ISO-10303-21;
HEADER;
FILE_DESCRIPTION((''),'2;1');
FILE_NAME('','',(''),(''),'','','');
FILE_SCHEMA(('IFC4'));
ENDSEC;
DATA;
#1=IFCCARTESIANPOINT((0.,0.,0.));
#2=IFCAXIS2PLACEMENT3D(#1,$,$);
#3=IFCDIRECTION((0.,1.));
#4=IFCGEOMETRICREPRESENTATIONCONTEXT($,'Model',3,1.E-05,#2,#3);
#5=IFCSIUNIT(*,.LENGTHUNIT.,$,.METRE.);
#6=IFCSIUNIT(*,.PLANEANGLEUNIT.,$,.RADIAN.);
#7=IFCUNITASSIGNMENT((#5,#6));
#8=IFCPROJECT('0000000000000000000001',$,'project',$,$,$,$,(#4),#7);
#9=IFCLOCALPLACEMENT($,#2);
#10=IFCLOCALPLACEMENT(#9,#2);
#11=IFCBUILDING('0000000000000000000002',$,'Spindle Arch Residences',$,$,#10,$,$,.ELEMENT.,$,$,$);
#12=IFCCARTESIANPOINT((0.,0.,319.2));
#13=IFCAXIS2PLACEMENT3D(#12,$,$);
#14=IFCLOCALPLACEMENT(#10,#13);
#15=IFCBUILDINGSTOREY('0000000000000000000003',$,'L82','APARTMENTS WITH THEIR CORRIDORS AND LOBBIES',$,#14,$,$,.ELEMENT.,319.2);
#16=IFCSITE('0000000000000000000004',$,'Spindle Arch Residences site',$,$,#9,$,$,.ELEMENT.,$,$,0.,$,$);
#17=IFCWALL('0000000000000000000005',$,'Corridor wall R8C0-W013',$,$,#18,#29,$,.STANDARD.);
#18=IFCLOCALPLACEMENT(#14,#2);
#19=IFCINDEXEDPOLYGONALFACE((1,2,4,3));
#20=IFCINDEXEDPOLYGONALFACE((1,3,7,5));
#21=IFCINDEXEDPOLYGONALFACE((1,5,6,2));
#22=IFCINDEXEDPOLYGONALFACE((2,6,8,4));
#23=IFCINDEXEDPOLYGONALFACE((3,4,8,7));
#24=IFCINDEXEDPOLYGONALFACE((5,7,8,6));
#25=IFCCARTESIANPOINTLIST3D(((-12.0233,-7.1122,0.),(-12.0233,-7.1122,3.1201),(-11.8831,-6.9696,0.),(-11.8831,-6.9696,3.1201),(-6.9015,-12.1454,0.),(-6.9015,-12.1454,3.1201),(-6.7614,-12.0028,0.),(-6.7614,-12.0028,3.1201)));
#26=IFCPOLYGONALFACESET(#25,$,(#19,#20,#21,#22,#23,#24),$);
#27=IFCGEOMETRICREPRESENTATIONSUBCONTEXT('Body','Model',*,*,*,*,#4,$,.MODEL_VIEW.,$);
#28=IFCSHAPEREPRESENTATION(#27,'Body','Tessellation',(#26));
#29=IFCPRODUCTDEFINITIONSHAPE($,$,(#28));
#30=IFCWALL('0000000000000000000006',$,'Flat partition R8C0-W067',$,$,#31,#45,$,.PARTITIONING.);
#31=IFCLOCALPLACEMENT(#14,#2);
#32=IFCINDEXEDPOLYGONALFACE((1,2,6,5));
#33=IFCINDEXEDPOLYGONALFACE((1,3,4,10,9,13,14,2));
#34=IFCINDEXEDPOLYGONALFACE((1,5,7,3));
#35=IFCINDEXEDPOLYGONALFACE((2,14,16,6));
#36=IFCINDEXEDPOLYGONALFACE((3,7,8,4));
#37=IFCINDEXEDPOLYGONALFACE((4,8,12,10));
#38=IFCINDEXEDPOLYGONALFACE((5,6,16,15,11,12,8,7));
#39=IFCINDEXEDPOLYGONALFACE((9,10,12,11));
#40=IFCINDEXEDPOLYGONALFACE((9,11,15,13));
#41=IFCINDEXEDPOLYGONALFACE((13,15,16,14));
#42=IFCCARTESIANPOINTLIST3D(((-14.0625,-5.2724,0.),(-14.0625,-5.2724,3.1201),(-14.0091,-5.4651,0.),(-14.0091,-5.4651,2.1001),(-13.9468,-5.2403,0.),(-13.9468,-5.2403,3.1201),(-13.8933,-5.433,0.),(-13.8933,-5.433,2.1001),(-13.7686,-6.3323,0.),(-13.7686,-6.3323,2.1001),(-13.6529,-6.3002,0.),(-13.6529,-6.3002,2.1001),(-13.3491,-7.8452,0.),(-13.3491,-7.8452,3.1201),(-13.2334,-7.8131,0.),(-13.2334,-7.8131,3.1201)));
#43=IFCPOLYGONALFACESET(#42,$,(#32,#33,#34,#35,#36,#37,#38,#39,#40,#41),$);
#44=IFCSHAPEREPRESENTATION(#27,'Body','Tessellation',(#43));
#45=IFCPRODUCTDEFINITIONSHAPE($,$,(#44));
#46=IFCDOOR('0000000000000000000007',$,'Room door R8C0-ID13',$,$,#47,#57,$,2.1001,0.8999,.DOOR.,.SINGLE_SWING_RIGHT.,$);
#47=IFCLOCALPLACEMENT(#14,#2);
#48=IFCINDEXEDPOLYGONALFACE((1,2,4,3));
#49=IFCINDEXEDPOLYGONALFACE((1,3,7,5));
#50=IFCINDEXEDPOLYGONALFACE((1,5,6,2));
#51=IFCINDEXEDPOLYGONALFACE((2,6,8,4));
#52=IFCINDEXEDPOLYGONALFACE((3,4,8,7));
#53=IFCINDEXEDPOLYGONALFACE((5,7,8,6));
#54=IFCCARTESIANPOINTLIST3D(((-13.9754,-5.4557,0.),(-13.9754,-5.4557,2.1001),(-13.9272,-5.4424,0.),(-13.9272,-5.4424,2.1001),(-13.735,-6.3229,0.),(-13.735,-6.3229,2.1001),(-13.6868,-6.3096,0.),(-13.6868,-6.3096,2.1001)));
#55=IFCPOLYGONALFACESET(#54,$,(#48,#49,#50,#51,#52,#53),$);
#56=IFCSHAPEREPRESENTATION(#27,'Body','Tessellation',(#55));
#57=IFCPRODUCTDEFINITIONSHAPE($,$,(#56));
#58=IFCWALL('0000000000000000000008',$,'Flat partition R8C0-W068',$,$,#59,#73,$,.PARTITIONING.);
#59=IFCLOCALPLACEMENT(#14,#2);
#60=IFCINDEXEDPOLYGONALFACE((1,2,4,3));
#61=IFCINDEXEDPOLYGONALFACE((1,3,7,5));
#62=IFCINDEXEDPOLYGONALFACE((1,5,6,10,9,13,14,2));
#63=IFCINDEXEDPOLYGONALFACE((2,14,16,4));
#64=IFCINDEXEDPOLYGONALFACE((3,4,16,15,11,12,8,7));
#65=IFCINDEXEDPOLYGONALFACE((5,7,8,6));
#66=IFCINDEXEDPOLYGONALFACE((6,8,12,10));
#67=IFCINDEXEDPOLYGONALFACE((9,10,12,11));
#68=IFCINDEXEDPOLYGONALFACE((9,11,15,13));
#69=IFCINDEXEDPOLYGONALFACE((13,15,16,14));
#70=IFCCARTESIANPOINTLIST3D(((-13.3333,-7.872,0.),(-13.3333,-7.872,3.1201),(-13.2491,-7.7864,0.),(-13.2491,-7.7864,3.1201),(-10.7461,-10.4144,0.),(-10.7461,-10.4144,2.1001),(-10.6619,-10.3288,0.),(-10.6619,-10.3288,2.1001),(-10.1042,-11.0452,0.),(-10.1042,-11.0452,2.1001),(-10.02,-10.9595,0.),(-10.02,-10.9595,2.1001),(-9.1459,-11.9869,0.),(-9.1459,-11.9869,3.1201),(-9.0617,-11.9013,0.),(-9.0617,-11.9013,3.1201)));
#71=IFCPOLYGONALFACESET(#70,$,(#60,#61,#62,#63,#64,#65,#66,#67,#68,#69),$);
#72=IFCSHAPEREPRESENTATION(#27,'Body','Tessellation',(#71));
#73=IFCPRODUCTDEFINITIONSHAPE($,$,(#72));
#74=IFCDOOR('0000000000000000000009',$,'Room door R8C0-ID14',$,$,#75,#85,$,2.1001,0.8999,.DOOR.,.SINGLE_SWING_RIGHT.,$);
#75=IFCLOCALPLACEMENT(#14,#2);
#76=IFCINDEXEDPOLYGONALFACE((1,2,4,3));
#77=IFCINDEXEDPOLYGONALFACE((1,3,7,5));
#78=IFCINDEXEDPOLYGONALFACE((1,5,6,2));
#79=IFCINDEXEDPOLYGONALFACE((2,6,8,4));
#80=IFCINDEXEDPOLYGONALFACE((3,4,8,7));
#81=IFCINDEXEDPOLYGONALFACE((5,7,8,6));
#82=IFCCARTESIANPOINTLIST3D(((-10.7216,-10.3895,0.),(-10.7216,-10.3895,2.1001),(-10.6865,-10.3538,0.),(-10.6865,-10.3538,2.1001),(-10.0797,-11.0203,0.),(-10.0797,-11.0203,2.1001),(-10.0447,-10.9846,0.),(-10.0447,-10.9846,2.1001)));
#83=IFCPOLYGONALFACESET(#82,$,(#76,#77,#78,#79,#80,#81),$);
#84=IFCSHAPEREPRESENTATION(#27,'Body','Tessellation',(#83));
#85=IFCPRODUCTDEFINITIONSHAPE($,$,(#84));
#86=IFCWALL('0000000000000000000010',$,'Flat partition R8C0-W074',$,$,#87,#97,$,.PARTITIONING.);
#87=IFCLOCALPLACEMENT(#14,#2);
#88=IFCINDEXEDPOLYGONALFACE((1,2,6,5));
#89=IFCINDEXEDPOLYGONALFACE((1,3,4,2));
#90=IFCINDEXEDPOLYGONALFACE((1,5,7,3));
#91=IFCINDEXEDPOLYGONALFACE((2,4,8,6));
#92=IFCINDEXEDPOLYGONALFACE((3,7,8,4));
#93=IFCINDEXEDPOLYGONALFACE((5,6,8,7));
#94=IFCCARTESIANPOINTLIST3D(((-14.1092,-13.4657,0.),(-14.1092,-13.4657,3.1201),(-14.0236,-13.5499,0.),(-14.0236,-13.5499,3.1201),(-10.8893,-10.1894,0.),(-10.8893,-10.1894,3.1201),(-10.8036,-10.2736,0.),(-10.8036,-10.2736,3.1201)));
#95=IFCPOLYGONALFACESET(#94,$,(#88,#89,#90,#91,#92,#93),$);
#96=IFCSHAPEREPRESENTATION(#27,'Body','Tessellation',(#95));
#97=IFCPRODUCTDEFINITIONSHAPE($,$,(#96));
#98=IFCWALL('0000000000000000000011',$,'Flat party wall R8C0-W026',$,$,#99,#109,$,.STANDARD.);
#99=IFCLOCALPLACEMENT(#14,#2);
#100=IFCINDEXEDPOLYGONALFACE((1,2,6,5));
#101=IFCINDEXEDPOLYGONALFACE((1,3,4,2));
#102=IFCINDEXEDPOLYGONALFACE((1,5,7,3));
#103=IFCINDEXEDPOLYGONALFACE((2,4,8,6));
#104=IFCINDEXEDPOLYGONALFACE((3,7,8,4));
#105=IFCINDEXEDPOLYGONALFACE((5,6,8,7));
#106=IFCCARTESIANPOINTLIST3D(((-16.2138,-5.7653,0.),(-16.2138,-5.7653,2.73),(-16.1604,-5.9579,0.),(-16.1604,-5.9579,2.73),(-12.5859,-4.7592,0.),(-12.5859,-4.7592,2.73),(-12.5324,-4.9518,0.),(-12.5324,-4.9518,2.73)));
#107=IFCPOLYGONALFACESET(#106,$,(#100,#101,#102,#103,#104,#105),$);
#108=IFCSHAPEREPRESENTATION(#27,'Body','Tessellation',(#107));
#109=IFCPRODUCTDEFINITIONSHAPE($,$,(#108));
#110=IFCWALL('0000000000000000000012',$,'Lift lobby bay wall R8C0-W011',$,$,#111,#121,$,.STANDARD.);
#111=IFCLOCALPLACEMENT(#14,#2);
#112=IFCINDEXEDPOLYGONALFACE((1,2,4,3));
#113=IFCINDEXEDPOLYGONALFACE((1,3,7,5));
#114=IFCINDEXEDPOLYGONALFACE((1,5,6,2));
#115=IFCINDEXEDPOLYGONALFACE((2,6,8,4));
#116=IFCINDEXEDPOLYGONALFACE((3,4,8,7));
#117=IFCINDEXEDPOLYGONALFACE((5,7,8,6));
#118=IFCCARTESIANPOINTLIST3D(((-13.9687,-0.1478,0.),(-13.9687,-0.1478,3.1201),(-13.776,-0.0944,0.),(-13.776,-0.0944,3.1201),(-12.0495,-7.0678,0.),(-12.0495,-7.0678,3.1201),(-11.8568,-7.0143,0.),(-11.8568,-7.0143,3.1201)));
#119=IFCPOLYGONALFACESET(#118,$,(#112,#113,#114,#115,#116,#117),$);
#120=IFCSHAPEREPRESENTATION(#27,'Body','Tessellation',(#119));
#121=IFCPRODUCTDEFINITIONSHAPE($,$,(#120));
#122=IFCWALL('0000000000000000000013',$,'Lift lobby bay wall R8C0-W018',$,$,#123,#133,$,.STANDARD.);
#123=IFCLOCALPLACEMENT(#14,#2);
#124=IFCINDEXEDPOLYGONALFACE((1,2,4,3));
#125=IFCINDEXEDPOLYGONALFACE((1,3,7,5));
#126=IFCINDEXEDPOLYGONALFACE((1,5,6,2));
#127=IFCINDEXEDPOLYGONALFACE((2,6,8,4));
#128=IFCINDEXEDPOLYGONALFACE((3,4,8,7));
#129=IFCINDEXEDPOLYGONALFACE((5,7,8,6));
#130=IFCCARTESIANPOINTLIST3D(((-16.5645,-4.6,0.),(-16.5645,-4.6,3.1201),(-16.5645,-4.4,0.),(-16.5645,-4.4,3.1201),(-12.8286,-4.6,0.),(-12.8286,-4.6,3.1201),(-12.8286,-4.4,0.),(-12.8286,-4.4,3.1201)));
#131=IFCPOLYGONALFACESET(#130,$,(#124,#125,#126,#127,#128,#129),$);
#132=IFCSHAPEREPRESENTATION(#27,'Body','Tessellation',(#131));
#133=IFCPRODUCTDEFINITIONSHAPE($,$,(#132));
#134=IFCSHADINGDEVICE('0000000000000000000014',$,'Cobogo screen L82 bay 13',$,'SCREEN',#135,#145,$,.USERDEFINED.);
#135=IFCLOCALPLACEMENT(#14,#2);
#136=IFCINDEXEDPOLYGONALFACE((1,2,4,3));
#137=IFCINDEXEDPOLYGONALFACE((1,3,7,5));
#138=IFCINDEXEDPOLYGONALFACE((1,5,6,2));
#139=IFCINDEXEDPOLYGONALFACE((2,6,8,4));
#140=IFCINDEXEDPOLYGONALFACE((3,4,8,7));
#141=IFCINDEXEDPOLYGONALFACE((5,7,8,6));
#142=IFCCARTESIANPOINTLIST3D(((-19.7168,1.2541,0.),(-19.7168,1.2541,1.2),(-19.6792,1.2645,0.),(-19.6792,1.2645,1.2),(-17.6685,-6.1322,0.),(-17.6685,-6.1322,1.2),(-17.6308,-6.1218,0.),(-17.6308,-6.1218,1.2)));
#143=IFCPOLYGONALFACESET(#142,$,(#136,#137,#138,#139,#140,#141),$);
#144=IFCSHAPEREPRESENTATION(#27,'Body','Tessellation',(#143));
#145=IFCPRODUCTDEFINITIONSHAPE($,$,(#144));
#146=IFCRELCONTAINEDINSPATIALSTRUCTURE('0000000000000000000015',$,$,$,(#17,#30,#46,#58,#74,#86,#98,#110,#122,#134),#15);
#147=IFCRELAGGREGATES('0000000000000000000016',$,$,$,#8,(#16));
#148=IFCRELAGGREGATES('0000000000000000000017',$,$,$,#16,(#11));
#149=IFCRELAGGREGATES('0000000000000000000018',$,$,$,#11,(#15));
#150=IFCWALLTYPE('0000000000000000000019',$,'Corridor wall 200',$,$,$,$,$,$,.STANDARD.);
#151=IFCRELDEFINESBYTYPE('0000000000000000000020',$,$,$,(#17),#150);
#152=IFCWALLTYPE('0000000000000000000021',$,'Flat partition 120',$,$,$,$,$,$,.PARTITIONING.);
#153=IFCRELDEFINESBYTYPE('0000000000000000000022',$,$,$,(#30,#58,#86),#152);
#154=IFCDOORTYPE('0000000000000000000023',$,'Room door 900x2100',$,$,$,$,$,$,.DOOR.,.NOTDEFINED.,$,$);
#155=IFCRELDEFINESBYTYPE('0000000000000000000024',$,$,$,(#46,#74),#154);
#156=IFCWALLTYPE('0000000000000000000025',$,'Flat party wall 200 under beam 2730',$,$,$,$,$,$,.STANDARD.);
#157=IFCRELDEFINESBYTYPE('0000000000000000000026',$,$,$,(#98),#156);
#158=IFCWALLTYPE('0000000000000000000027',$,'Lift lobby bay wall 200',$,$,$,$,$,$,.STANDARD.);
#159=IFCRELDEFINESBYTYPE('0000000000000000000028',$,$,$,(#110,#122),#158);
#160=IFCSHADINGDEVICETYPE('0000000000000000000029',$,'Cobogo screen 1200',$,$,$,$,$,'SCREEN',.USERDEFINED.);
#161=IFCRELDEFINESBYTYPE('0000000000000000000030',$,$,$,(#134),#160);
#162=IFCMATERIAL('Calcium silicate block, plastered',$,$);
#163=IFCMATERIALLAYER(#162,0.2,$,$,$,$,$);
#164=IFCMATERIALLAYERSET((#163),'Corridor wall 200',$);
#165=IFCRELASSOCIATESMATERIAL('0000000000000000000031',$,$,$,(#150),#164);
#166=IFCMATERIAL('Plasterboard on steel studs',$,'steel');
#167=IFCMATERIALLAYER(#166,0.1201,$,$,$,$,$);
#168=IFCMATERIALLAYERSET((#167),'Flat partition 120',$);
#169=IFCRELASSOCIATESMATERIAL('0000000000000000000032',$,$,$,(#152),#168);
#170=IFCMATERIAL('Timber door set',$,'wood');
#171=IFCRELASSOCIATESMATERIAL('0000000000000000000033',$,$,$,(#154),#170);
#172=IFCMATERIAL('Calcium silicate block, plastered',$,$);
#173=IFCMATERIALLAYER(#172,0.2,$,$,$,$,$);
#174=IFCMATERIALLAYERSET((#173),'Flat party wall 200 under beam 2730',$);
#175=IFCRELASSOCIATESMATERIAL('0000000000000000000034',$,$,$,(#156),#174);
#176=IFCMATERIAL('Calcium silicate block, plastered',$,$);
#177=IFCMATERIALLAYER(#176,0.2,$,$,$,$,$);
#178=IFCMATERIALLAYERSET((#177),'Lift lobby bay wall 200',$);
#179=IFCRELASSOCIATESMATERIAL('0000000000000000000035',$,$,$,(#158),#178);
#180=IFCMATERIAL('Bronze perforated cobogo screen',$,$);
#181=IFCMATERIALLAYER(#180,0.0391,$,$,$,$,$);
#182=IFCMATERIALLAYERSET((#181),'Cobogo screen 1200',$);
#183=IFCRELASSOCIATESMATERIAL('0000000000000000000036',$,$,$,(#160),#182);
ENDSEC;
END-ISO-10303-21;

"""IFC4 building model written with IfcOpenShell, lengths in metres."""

from ifc_helpers import new_model, si_unit, direction, frame, frame_2d, origin, origin_2d, place, context, subcontext, project, spatial, rectangle, extrude, material, layer, layer_set, type_object, element, fill, save


model = new_model("IFC4")

# Units and contexts
model_context = context("Model", 3, precision=1e-05, world=origin(), true_north=direction((0.0, 1.0)))
body_context = subcontext(model_context, "Body", "Model", "MODEL_VIEW")
ifc_project = project(units=[si_unit("LENGTHUNIT", "METRE"), si_unit("PLANEANGLEUNIT", "RADIAN")], contexts=[model_context])

# Site, building, storey
site_placement = place(None, origin())
site = spatial("IfcSite", under=ifc_project, at=site_placement, Name="Spindle Arch Residences site", CompositionType="ELEMENT", RefElevation=0.0)
building_placement = place(site_placement, origin())
building = spatial("IfcBuilding", under=site, at=building_placement, Name="Spindle Arch Residences", CompositionType="ELEMENT")
storey_placement = place(building_placement, frame((0.0, 0.0, 319.2)))
storey = spatial("IfcBuildingStorey", under=building, at=storey_placement, Name="L82", Description="APARTMENTS WITH THEIR CORRIDORS AND LOBBIES", CompositionType="ELEMENT", Elevation=319.2)

# Wall
ifc_material_1 = material(Name="Calcium silicate block, plastered")
ifc_layer_1 = layer(ifc_material_1, 0.2)
ifc_layer_set_1 = layer_set([ifc_layer_1], Name="Corridor wall 200")
wall_type_1 = type_object("IfcWallType", Name="Corridor wall 200", PredefinedType="STANDARD", material=ifc_layer_set_1)
wall_1_placement = place(storey_placement, frame((-11.9531, -7.041, 0.0), z_axis=(0.0, 0.0, 1.0), x_axis=(0.713251, -0.700909, 0.0)))
element("IfcWall", 1, at=wall_1_placement, inside=storey, type_object=wall_type_1, Name="Corridor wall R8C0-W013", PredefinedType="STANDARD", context=body_context, shape_type="SweptSolid", body=[
    extrude(rectangle(XDim=7.1809, YDim=0.2, at=frame_2d((3.5903, 0.0))), origin(), (0.0, 0.0, 1.0), 3.1201),
])

# Walls, openings, doors
ifc_material_2 = material(Name="Plasterboard on steel studs", Category="steel")
ifc_layer_2 = layer(ifc_material_2, 0.1201)
ifc_layer_set_2 = layer_set([ifc_layer_2], Name="Flat partition 120")
wall_type_2 = type_object("IfcWallType", Name="Flat partition 120", PredefinedType="PARTITIONING", material=ifc_layer_set_2)
wall_2_placement = place(storey_placement, frame((-14.0046, -5.2563, 0.0), z_axis=(0.0, 0.0, 1.0), x_axis=(0.267201, -0.963641, 0.0)))
wall_2 = element("IfcWall", 2, at=wall_2_placement, inside=storey, type_object=wall_type_2, Name="Flat partition R8C0-W067", PredefinedType="PARTITIONING", context=body_context, shape_type="SweptSolid", body=[
    extrude(rectangle(XDim=2.6699, YDim=0.1201, at=frame_2d((1.335, 0.0))), origin(), (0.0, 0.0, 1.0), 3.1201),
])
opening_1_placement = place(wall_2_placement, frame((0.2, 0.0, 0.0)))
opening_1 = element("IfcOpeningElement", 3, at=opening_1_placement, cuts=wall_2, PredefinedType="OPENING", context=body_context, shape_type="SweptSolid", body=[
    extrude(rectangle(XDim=0.8999, YDim=2.1001, at=frame_2d((0.45, 1.05))), frame((0.0, 0.0701, 0.0), z_axis=(0.0, -1.0, 0.0), x_axis=(1.0, 0.0, 0.0)), (0.0, 0.0, 1.0), 0.1401),
])
ifc_material_3 = material(Name="Timber door set", Category="wood")
door_type_1 = type_object("IfcDoorType", Name="Room door 900x2100", OperationType="NOTDEFINED", PredefinedType="DOOR", material=ifc_material_3)
door_1_placement = place(opening_1_placement, origin())
door_1 = element("IfcDoor", 4, at=door_1_placement, inside=storey, type_object=door_type_1, Name="Room door R8C0-ID13", OperationType="SINGLE_SWING_RIGHT", OverallHeight=2.1001, OverallWidth=0.8999, PredefinedType="DOOR", context=body_context, shape_type="SweptSolid", body=[
    extrude(rectangle(XDim=0.8999, YDim=2.1001, at=frame_2d((0.45, 1.05))), frame((0.0, 0.0249, 0.0), z_axis=(0.0, -1.0, 0.0), x_axis=(1.0, 0.0, 0.0)), (0.0, 0.0, 1.0), 0.05),
])
fill(opening_1, door_1)
wall_3_placement = place(storey_placement, frame((-13.2913, -7.8291, 0.0), z_axis=(0.0, 0.0, 1.0), x_axis=(0.713255, -0.700905, 0.0)))
wall_3 = element("IfcWall", 5, at=wall_3_placement, inside=storey, type_object=wall_type_2, Name="Flat partition R8C0-W068", PredefinedType="PARTITIONING", context=body_context, shape_type="SweptSolid", body=[
    extrude(rectangle(XDim=5.8708, YDim=0.1201, at=frame_2d((2.9355, 0.0))), origin(), (0.0, 0.0, 1.0), 3.1201),
])
opening_2_placement = place(wall_3_placement, frame((3.6274, 0.0, 0.0)))
opening_2 = element("IfcOpeningElement", 6, at=opening_2_placement, cuts=wall_3, PredefinedType="OPENING", context=body_context, shape_type="SweptSolid", body=[
    extrude(rectangle(XDim=0.8999, YDim=2.1001, at=frame_2d((0.45, 1.05))), frame((0.0, 0.0701, 0.0), z_axis=(0.0, -1.0, 0.0), x_axis=(1.0, 0.0, 0.0)), (0.0, 0.0, 1.0), 0.1401),
])
door_2_placement = place(opening_2_placement, origin())
door_2 = element("IfcDoor", 7, at=door_2_placement, inside=storey, type_object=door_type_1, Name="Room door R8C0-ID14", OperationType="SINGLE_SWING_RIGHT", OverallHeight=2.1001, OverallWidth=0.8999, PredefinedType="DOOR", context=body_context, shape_type="SweptSolid", body=[
    extrude(rectangle(XDim=0.8999, YDim=2.1001, at=frame_2d((0.45, 1.05))), frame((0.0, 0.0249, 0.0), z_axis=(0.0, -1.0, 0.0), x_axis=(1.0, 0.0, 0.0)), (0.0, 0.0, 1.0), 0.05),
])
fill(opening_2, door_2)

# Walls
wall_4_placement = place(storey_placement, frame((-14.0664, -13.5078, 0.0), z_axis=(0.0, 0.0, 1.0), x_axis=(0.700942, 0.713218, 0.0)))
element("IfcWall", 8, at=wall_4_placement, inside=storey, type_object=wall_type_2, Name="Flat partition R8C0-W074", PredefinedType="PARTITIONING", context=body_context, shape_type="SweptSolid", body=[
    extrude(rectangle(XDim=4.5938, YDim=0.1201, at=frame_2d((2.2969, 0.0))), origin(), (0.0, 0.0, 1.0), 3.1201),
])
ifc_material_4 = material(Name="Calcium silicate block, plastered")
ifc_layer_3 = layer(ifc_material_4, 0.2)
ifc_layer_set_3 = layer_set([ifc_layer_3], Name="Flat party wall 200 under beam 2730")
wall_type_3 = type_object("IfcWallType", Name="Flat party wall 200 under beam 2730", PredefinedType="STANDARD", material=ifc_layer_set_3)
wall_5_placement = place(storey_placement, frame((-16.187, -5.8616, 0.0), z_axis=(0.0, 0.0, 1.0), x_axis=(0.963631, 0.267236, 0.0)))
element("IfcWall", 9, at=wall_5_placement, inside=storey, type_object=wall_type_3, Name="Flat party wall R8C0-W026", PredefinedType="STANDARD", context=body_context, shape_type="SweptSolid", body=[
    extrude(rectangle(XDim=3.7649, YDim=0.2, at=frame_2d((1.8823, 0.0))), origin(), (0.0, 0.0, 1.0), 2.73),
])

# Walls
ifc_material_5 = material(Name="Calcium silicate block, plastered")
ifc_layer_4 = layer(ifc_material_5, 0.2)
ifc_layer_set_4 = layer_set([ifc_layer_4], Name="Lift lobby bay wall 200")
wall_type_4 = type_object("IfcWallType", Name="Lift lobby bay wall 200", PredefinedType="STANDARD", material=ifc_layer_set_4)
wall_6_placement = place(storey_placement, frame((-13.8723, -0.1211, 0.0), z_axis=(0.0, 0.0, 1.0), x_axis=(0.267255, -0.963626, 0.0)))
element("IfcWall", 10, at=wall_6_placement, inside=storey, type_object=wall_type_4, Name="Lift lobby bay wall R8C0-W011", PredefinedType="STANDARD", context=body_context, shape_type="SweptSolid", body=[
    extrude(rectangle(XDim=7.1812, YDim=0.2, at=frame_2d((3.5906, 0.0))), origin(), (0.0, 0.0, 1.0), 3.1201),
])
wall_7_placement = place(storey_placement, frame((-16.5645, -4.5, 0.0), z_axis=(0.0, 0.0, 1.0), x_axis=(1.0, 0.0, 0.0)))
element("IfcWall", 11, at=wall_7_placement, inside=storey, type_object=wall_type_4, Name="Lift lobby bay wall R8C0-W018", PredefinedType="STANDARD", context=body_context, shape_type="SweptSolid", body=[
    extrude(rectangle(XDim=3.7358, YDim=0.2, at=frame_2d((1.8679, 0.0))), origin(), (0.0, 0.0, 1.0), 3.1201),
])

# Shading device
ifc_material_6 = material(Name="Bronze perforated cobogo screen")
ifc_layer_5 = layer(ifc_material_6, 0.0391)
ifc_layer_set_5 = layer_set([ifc_layer_5], Name="Cobogo screen 1200")
shading_device_type = type_object("IfcShadingDeviceType", Name="Cobogo screen 1200", ElementType="SCREEN", PredefinedType="USERDEFINED", material=ifc_layer_set_5)
shading_device_placement = place(storey_placement, frame((-18.6738, -2.4338, 0.0), z_axis=(0.0, 0.0, 1.0), x_axis=(0.267238, -0.96363, 0.0)))
element("IfcShadingDevice", 12, at=shading_device_placement, inside=storey, type_object=shading_device_type, Name="Cobogo screen L82 bay 13", ObjectType="SCREEN", PredefinedType="USERDEFINED", context=body_context, shape_type="SweptSolid", body=[
    extrude(rectangle(XDim=7.665, YDim=0.0391, at=origin_2d()), origin(), (0.0, 0.0, 1.0), 1.2),
])

save(model, "model.ifc")
